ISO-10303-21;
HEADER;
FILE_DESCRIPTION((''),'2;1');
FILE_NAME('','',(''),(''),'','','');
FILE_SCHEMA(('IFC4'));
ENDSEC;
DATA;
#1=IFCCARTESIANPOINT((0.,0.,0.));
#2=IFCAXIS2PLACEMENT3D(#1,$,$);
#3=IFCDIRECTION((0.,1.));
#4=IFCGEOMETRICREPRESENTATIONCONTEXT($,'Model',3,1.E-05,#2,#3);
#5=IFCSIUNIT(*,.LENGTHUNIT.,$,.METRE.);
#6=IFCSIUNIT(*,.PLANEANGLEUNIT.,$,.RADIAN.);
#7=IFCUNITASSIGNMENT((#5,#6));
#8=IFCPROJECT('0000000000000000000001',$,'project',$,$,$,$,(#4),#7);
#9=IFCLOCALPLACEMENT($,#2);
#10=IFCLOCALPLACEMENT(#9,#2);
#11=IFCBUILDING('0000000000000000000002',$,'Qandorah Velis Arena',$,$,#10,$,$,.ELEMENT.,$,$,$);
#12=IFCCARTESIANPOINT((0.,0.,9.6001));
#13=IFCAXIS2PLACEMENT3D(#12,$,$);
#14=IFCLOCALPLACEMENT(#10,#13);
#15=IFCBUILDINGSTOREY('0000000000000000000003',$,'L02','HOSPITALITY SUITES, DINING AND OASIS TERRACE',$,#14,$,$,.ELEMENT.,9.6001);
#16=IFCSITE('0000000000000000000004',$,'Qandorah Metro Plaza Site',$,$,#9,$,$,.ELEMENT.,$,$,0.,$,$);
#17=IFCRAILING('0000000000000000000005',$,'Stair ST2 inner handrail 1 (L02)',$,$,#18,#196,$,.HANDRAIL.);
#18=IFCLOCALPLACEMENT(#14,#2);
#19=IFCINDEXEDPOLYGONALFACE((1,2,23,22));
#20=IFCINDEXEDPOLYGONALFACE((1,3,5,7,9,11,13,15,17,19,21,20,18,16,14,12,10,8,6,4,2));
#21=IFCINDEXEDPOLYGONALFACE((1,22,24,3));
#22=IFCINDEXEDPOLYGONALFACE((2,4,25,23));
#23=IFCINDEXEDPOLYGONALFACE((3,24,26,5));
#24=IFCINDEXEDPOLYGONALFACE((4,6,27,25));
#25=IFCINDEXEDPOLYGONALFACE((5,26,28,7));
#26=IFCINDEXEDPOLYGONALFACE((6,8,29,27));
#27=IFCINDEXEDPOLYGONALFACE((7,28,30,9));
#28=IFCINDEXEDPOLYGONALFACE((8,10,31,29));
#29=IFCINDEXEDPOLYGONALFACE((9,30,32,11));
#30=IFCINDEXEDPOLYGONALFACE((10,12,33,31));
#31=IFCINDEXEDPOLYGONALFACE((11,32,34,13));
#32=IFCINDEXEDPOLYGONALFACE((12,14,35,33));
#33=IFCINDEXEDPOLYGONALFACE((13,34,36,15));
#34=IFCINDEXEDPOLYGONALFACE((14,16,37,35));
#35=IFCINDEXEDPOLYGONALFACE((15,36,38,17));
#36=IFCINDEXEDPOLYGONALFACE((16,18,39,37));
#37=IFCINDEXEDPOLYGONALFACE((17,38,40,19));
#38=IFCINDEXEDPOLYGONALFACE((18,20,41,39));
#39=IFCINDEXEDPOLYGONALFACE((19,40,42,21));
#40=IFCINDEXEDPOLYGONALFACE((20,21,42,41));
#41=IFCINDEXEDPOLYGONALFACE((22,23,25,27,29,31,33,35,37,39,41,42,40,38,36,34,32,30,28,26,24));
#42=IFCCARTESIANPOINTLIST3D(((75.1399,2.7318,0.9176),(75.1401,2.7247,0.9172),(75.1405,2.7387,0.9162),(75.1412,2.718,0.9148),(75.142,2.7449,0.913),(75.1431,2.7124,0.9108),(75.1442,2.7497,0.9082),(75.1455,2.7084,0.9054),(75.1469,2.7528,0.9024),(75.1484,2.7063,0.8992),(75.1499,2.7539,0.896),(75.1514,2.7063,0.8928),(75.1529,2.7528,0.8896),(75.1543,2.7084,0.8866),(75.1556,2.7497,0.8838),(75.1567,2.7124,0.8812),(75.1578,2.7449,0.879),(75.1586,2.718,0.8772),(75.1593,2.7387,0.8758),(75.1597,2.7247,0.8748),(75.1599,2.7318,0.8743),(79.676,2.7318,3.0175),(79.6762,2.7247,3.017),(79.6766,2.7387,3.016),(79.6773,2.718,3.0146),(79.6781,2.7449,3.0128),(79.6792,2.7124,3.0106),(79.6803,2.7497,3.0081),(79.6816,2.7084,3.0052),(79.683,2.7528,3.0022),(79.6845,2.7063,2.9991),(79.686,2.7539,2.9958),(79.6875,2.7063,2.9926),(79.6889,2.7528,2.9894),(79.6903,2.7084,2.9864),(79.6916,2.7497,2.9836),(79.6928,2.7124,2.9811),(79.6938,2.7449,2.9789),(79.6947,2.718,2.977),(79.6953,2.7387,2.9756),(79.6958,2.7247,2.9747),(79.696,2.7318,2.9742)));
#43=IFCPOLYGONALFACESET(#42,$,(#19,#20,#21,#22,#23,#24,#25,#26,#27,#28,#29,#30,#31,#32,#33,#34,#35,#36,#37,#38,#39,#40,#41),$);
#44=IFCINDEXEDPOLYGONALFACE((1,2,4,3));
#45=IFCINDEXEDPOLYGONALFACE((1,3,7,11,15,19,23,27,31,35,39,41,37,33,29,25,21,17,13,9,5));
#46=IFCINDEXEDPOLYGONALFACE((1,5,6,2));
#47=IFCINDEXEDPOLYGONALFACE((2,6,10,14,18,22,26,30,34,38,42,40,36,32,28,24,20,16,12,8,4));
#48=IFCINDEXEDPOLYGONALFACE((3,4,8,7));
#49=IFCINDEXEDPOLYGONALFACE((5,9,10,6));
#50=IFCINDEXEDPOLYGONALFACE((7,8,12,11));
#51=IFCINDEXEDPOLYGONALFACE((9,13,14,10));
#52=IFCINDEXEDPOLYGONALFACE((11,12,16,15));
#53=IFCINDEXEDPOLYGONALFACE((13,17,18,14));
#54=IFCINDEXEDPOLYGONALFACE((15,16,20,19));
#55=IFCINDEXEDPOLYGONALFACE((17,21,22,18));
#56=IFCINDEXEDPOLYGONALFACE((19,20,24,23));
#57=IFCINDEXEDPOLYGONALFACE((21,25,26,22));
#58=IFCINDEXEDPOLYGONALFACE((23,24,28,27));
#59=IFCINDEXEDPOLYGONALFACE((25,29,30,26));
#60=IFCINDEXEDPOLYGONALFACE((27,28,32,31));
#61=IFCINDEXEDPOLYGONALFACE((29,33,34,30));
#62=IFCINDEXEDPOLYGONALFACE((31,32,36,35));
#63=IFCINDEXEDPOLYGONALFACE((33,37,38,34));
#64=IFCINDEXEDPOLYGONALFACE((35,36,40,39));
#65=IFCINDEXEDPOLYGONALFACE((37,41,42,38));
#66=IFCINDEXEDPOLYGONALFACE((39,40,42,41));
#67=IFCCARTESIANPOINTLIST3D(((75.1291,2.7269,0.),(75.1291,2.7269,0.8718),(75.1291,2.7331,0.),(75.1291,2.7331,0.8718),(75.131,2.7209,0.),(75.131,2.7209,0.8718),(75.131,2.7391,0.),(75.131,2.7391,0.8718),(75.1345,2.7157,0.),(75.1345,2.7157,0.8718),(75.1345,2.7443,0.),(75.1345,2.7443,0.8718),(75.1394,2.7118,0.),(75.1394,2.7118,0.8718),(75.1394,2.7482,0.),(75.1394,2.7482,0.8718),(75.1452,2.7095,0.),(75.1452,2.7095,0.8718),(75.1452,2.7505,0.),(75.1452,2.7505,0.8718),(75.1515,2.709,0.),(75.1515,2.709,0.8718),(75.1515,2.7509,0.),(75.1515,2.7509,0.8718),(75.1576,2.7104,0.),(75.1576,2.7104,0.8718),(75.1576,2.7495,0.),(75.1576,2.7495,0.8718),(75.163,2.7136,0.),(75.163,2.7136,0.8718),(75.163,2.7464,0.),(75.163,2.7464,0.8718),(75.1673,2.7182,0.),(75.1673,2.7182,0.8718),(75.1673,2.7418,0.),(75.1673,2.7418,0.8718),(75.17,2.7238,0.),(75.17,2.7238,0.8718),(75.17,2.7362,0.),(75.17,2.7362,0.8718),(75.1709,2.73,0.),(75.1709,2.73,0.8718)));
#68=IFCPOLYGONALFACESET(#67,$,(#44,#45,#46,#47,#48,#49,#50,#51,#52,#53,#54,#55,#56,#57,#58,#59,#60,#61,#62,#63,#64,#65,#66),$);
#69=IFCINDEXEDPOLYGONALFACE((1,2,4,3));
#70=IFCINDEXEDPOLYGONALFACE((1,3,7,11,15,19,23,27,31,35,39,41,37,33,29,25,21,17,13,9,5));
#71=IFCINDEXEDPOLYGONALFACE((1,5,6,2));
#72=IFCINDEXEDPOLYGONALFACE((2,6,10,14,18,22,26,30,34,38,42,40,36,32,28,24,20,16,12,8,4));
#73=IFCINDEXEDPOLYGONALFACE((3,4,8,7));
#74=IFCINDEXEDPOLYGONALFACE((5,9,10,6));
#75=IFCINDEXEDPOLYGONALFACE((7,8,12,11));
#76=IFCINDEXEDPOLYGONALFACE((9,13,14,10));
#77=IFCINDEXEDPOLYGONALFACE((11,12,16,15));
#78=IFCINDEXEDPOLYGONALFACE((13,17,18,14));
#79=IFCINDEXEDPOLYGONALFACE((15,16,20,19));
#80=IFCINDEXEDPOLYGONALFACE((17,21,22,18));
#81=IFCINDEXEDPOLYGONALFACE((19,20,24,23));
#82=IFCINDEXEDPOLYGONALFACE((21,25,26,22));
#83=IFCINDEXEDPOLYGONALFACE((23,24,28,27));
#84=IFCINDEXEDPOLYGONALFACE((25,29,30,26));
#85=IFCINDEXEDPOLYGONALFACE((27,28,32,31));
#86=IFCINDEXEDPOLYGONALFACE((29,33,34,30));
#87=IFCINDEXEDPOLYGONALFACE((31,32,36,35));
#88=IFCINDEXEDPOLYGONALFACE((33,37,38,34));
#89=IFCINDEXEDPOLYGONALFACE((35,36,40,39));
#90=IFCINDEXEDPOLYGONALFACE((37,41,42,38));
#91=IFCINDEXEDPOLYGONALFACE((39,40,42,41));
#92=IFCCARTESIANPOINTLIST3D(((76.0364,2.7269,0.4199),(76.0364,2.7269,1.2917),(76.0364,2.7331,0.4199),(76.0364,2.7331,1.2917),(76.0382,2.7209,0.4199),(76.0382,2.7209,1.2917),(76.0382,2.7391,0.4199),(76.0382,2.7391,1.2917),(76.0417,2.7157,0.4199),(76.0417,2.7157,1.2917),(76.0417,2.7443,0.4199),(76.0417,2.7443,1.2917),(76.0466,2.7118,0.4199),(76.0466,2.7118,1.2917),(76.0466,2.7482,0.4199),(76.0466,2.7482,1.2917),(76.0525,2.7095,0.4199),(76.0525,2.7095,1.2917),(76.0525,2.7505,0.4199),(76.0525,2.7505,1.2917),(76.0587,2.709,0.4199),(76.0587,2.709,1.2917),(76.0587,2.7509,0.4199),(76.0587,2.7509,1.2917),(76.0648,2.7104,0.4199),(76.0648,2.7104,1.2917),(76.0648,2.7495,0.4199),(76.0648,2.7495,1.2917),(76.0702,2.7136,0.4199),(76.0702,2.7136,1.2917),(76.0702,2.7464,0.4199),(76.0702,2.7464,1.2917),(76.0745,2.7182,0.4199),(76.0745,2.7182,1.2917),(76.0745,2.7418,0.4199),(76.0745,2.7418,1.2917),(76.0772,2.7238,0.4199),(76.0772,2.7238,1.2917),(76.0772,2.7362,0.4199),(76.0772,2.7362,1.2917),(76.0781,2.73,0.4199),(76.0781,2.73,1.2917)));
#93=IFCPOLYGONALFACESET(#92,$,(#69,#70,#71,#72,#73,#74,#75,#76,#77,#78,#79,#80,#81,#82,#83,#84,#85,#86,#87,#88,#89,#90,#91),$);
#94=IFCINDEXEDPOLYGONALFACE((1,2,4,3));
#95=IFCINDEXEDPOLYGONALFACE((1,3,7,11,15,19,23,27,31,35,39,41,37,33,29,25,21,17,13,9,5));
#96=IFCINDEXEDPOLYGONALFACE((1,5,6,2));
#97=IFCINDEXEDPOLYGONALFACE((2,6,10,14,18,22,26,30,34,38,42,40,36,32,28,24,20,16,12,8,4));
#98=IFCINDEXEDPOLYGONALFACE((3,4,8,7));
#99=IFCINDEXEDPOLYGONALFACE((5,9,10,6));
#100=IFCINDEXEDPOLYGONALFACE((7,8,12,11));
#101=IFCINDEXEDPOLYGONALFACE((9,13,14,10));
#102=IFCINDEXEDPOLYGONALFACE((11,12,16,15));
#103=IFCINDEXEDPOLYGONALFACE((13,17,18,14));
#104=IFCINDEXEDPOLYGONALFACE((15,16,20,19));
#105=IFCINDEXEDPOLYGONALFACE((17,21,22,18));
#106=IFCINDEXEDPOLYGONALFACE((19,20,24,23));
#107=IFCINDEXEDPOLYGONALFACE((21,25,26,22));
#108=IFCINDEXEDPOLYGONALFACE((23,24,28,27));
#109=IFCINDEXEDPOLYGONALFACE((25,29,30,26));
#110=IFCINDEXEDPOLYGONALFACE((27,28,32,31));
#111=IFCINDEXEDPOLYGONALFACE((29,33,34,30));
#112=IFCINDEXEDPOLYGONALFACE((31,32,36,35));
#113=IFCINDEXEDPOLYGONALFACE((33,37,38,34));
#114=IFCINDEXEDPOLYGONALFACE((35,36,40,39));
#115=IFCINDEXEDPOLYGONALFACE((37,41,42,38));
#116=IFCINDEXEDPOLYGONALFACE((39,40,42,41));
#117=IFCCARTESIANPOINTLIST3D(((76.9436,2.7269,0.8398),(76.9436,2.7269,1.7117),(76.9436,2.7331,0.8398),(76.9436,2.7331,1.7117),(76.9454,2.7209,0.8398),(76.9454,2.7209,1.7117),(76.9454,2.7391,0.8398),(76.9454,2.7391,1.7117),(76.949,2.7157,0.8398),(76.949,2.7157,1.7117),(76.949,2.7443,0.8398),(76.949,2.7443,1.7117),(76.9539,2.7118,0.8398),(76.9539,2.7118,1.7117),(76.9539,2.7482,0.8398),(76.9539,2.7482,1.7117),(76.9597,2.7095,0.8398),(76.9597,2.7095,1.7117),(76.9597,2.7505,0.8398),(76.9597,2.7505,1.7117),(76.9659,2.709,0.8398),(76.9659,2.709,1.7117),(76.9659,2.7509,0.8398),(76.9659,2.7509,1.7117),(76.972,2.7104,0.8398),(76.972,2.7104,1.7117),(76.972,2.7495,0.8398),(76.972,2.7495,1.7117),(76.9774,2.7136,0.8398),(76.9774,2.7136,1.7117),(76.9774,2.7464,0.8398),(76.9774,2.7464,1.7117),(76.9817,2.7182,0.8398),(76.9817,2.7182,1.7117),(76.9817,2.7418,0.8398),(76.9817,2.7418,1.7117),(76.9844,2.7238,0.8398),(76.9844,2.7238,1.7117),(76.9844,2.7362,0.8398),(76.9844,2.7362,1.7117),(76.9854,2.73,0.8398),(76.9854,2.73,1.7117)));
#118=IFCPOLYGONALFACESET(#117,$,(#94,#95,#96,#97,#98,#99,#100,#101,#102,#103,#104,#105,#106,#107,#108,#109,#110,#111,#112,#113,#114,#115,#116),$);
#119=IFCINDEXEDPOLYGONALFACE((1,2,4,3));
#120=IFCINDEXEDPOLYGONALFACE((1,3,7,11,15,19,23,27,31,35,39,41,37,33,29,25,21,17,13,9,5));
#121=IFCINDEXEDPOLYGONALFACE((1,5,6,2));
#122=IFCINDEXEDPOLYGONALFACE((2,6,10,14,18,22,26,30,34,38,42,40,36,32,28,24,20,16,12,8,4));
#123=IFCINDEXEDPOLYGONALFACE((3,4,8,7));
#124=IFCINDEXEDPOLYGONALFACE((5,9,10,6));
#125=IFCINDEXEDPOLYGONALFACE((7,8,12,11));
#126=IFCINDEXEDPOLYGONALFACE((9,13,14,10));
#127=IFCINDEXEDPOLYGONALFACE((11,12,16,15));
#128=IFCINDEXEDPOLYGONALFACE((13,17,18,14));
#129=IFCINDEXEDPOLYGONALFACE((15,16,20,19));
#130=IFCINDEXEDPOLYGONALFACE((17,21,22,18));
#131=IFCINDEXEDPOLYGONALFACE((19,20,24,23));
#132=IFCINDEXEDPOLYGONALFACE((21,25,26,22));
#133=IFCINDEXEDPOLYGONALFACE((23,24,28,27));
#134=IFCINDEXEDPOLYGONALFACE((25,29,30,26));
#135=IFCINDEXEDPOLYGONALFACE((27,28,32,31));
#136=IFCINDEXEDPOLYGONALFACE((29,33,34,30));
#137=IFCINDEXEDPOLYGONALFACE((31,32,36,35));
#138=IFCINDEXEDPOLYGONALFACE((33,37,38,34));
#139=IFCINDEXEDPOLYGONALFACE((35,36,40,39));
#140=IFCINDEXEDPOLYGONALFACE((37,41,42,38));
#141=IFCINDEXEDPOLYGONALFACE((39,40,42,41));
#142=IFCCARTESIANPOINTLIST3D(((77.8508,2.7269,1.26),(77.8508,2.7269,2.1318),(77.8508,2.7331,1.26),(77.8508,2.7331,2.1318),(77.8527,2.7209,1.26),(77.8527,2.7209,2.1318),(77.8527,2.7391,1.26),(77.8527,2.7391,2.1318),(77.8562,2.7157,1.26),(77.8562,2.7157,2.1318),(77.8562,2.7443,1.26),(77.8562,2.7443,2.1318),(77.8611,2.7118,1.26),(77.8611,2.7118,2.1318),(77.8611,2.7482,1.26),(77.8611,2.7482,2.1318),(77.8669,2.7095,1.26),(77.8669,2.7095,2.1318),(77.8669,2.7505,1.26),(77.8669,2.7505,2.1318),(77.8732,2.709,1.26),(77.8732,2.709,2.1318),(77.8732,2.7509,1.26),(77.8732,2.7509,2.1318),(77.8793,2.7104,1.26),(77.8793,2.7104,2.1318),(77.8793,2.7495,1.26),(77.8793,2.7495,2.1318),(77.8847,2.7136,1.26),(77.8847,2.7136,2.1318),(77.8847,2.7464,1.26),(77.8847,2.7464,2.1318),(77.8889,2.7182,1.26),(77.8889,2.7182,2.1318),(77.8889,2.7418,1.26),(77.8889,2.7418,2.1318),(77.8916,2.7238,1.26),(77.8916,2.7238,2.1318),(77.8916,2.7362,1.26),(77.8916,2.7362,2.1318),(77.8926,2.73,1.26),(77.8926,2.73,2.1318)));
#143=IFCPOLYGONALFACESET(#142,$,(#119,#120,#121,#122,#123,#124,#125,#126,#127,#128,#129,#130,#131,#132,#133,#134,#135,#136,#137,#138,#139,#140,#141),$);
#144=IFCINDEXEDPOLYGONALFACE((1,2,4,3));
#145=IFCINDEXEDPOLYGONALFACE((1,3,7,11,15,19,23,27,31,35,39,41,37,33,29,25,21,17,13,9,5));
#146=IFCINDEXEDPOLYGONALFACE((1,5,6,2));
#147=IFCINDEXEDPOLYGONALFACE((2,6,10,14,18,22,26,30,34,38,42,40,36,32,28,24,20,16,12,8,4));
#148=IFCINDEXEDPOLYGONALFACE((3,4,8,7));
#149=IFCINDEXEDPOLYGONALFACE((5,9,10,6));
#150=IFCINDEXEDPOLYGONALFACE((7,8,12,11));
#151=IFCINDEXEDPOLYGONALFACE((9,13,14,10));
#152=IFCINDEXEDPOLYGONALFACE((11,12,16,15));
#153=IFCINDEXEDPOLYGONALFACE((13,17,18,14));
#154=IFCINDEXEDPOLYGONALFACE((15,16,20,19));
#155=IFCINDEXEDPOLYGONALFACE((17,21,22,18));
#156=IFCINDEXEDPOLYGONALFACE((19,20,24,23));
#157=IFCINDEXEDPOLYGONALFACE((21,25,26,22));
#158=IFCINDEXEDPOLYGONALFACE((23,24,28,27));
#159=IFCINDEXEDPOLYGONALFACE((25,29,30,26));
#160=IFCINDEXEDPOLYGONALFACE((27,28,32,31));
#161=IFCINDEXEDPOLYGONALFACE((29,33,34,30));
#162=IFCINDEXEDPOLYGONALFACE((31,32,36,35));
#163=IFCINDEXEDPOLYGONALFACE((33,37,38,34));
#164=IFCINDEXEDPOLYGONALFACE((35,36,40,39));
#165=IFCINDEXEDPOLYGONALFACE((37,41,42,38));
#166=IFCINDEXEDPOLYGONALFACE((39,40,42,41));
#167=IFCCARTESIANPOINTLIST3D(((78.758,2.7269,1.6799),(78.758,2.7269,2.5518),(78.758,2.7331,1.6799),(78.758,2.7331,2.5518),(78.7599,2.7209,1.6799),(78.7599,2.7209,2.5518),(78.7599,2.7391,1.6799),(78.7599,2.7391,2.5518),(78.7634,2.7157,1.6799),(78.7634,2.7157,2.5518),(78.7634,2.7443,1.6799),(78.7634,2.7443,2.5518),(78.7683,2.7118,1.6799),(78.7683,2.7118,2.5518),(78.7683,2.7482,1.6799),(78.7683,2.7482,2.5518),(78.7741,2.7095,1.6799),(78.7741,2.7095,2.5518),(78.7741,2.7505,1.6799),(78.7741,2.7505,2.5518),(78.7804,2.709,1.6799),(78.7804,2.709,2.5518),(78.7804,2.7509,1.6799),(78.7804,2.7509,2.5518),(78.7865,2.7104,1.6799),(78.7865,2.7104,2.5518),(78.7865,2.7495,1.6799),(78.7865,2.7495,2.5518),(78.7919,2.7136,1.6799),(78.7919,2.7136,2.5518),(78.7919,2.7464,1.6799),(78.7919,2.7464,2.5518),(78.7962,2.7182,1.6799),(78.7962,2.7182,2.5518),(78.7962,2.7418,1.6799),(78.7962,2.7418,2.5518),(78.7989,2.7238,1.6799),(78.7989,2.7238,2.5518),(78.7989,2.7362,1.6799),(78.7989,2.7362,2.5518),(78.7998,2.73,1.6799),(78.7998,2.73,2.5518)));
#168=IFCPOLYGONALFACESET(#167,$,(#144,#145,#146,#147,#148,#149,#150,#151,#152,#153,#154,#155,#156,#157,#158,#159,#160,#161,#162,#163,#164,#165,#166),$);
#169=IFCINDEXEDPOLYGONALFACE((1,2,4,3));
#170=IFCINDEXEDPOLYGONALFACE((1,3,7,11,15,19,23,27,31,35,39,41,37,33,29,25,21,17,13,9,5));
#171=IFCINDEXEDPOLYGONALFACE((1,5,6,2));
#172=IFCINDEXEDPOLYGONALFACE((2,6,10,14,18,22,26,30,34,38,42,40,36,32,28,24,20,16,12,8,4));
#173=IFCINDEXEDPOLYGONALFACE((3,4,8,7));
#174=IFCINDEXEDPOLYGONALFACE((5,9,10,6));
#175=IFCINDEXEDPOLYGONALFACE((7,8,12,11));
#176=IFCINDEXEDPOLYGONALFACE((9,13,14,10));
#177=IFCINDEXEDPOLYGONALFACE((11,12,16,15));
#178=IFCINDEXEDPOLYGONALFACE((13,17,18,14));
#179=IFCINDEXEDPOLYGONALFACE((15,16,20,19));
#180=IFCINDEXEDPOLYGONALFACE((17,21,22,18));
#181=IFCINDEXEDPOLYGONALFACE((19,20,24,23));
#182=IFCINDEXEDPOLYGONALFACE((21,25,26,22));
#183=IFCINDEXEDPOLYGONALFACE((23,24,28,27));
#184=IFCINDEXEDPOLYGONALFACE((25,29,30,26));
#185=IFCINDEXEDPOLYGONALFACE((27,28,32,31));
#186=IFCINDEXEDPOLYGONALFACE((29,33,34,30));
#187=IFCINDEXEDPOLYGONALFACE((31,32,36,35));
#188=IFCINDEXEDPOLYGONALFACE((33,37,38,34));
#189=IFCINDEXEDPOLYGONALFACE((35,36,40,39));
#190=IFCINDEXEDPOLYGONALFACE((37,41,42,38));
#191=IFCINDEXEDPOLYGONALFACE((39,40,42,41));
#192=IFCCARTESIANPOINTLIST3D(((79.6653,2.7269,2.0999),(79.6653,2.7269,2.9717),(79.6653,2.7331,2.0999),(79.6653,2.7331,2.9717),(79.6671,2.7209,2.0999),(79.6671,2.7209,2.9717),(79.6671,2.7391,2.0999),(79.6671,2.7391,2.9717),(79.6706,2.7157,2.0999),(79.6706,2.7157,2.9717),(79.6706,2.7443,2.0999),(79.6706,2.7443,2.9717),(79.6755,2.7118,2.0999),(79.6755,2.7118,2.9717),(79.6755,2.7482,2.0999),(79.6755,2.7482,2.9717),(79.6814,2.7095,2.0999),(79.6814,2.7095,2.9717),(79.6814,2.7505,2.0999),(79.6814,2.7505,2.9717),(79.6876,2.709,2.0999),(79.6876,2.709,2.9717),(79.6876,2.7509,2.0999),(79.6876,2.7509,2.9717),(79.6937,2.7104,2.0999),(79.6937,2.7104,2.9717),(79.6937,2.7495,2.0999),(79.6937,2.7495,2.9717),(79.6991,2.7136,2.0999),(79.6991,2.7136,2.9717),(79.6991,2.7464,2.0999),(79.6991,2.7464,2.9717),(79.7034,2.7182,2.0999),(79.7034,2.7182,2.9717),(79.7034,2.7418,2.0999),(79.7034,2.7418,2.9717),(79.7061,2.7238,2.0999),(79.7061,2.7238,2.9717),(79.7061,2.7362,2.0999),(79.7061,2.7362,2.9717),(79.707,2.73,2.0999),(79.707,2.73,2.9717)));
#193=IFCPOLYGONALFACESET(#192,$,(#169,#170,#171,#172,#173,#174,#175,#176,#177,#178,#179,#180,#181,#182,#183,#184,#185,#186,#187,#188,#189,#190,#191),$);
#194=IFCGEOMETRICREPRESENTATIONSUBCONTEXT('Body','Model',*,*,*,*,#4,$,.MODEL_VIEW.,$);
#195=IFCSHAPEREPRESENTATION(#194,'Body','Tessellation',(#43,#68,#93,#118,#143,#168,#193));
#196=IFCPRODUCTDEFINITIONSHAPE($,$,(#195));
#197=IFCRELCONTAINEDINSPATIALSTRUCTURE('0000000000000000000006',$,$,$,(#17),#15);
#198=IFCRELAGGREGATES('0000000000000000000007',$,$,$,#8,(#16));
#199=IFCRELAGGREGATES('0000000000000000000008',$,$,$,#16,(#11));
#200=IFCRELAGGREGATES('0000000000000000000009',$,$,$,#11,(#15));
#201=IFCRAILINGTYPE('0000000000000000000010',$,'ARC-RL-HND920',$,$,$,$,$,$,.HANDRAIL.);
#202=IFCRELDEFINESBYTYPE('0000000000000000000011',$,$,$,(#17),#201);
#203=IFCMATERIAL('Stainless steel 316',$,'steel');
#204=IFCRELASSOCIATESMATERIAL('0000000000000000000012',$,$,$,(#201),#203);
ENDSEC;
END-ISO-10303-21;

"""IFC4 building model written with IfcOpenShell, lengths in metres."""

from ifc_helpers import new_model, si_unit, direction, frame, origin, origin_2d, place, context, subcontext, project, spatial, circle, extrude, material, type_object, element, save


model = new_model("IFC4")

# Units and contexts
model_context = context("Model", 3, precision=1e-05, world=origin(), true_north=direction((0.0, 1.0)))
body_context = subcontext(model_context, "Body", "Model", "MODEL_VIEW")
ifc_project = project(units=[si_unit("LENGTHUNIT", "METRE"), si_unit("PLANEANGLEUNIT", "RADIAN")], contexts=[model_context])

# Site, building, storey
site_placement = place(None, origin())
site = spatial("IfcSite", under=ifc_project, at=site_placement, Name="Qandorah Metro Plaza Site", CompositionType="ELEMENT", RefElevation=0.0)
building_placement = place(site_placement, origin())
building = spatial("IfcBuilding", under=site, at=building_placement, Name="Qandorah Velis Arena", CompositionType="ELEMENT")
storey_placement = place(building_placement, frame((0.0, 0.0, 9.6001)))
storey = spatial("IfcBuildingStorey", under=building, at=storey_placement, Name="L02", Description="HOSPITALITY SUITES, DINING AND OASIS TERRACE", CompositionType="ELEMENT", Elevation=9.6001)

# Railing
ifc_material_1 = material(Name="Stainless steel 316", Category="steel")
railing_type_1 = type_object("IfcRailingType", Name="ARC-RL-HND920", PredefinedType="HANDRAIL", material=ifc_material_1)
railing_1_placement = place(storey_placement, frame((75.1499, 2.73, 0.0)))
element("IfcRailing", 1, at=railing_1_placement, inside=storey, type_object=railing_type_1, Name="Stair ST2 inner handrail 1 (L02)", PredefinedType="HANDRAIL", context=body_context, shape_type="SweptSolid", body=[
    extrude(circle(Radius=0.0239, at=origin_2d()), frame((0.0, 0.0, 0.896), z_axis=(0.907483, 0.0, 0.420089), x_axis=(0.0, 1.0, 0.0)), (0.0, 0.0, 1.0), 4.9985),
    extrude(circle(Radius=0.021, at=origin_2d()), origin(), (0.0, 0.0, 1.0), 0.8718),
    extrude(circle(Radius=0.021, at=origin_2d()), frame((0.9072, 0.0, 0.4199)), (0.0, 0.0, 1.0), 0.8718),
    extrude(circle(Radius=0.021, at=origin_2d()), frame((1.8145, 0.0, 0.8398)), (0.0, 0.0, 1.0), 0.8718),
    extrude(circle(Radius=0.021, at=origin_2d()), frame((2.7217, 0.0, 1.26)), (0.0, 0.0, 1.0), 0.8718),
    extrude(circle(Radius=0.021, at=origin_2d()), frame((3.6289, 0.0, 1.6799)), (0.0, 0.0, 1.0), 0.8718),
    extrude(circle(Radius=0.021, at=origin_2d()), frame((4.5361, 0.0, 2.0999)), (0.0, 0.0, 1.0), 0.8718),
])

save(model, "model.ifc")
